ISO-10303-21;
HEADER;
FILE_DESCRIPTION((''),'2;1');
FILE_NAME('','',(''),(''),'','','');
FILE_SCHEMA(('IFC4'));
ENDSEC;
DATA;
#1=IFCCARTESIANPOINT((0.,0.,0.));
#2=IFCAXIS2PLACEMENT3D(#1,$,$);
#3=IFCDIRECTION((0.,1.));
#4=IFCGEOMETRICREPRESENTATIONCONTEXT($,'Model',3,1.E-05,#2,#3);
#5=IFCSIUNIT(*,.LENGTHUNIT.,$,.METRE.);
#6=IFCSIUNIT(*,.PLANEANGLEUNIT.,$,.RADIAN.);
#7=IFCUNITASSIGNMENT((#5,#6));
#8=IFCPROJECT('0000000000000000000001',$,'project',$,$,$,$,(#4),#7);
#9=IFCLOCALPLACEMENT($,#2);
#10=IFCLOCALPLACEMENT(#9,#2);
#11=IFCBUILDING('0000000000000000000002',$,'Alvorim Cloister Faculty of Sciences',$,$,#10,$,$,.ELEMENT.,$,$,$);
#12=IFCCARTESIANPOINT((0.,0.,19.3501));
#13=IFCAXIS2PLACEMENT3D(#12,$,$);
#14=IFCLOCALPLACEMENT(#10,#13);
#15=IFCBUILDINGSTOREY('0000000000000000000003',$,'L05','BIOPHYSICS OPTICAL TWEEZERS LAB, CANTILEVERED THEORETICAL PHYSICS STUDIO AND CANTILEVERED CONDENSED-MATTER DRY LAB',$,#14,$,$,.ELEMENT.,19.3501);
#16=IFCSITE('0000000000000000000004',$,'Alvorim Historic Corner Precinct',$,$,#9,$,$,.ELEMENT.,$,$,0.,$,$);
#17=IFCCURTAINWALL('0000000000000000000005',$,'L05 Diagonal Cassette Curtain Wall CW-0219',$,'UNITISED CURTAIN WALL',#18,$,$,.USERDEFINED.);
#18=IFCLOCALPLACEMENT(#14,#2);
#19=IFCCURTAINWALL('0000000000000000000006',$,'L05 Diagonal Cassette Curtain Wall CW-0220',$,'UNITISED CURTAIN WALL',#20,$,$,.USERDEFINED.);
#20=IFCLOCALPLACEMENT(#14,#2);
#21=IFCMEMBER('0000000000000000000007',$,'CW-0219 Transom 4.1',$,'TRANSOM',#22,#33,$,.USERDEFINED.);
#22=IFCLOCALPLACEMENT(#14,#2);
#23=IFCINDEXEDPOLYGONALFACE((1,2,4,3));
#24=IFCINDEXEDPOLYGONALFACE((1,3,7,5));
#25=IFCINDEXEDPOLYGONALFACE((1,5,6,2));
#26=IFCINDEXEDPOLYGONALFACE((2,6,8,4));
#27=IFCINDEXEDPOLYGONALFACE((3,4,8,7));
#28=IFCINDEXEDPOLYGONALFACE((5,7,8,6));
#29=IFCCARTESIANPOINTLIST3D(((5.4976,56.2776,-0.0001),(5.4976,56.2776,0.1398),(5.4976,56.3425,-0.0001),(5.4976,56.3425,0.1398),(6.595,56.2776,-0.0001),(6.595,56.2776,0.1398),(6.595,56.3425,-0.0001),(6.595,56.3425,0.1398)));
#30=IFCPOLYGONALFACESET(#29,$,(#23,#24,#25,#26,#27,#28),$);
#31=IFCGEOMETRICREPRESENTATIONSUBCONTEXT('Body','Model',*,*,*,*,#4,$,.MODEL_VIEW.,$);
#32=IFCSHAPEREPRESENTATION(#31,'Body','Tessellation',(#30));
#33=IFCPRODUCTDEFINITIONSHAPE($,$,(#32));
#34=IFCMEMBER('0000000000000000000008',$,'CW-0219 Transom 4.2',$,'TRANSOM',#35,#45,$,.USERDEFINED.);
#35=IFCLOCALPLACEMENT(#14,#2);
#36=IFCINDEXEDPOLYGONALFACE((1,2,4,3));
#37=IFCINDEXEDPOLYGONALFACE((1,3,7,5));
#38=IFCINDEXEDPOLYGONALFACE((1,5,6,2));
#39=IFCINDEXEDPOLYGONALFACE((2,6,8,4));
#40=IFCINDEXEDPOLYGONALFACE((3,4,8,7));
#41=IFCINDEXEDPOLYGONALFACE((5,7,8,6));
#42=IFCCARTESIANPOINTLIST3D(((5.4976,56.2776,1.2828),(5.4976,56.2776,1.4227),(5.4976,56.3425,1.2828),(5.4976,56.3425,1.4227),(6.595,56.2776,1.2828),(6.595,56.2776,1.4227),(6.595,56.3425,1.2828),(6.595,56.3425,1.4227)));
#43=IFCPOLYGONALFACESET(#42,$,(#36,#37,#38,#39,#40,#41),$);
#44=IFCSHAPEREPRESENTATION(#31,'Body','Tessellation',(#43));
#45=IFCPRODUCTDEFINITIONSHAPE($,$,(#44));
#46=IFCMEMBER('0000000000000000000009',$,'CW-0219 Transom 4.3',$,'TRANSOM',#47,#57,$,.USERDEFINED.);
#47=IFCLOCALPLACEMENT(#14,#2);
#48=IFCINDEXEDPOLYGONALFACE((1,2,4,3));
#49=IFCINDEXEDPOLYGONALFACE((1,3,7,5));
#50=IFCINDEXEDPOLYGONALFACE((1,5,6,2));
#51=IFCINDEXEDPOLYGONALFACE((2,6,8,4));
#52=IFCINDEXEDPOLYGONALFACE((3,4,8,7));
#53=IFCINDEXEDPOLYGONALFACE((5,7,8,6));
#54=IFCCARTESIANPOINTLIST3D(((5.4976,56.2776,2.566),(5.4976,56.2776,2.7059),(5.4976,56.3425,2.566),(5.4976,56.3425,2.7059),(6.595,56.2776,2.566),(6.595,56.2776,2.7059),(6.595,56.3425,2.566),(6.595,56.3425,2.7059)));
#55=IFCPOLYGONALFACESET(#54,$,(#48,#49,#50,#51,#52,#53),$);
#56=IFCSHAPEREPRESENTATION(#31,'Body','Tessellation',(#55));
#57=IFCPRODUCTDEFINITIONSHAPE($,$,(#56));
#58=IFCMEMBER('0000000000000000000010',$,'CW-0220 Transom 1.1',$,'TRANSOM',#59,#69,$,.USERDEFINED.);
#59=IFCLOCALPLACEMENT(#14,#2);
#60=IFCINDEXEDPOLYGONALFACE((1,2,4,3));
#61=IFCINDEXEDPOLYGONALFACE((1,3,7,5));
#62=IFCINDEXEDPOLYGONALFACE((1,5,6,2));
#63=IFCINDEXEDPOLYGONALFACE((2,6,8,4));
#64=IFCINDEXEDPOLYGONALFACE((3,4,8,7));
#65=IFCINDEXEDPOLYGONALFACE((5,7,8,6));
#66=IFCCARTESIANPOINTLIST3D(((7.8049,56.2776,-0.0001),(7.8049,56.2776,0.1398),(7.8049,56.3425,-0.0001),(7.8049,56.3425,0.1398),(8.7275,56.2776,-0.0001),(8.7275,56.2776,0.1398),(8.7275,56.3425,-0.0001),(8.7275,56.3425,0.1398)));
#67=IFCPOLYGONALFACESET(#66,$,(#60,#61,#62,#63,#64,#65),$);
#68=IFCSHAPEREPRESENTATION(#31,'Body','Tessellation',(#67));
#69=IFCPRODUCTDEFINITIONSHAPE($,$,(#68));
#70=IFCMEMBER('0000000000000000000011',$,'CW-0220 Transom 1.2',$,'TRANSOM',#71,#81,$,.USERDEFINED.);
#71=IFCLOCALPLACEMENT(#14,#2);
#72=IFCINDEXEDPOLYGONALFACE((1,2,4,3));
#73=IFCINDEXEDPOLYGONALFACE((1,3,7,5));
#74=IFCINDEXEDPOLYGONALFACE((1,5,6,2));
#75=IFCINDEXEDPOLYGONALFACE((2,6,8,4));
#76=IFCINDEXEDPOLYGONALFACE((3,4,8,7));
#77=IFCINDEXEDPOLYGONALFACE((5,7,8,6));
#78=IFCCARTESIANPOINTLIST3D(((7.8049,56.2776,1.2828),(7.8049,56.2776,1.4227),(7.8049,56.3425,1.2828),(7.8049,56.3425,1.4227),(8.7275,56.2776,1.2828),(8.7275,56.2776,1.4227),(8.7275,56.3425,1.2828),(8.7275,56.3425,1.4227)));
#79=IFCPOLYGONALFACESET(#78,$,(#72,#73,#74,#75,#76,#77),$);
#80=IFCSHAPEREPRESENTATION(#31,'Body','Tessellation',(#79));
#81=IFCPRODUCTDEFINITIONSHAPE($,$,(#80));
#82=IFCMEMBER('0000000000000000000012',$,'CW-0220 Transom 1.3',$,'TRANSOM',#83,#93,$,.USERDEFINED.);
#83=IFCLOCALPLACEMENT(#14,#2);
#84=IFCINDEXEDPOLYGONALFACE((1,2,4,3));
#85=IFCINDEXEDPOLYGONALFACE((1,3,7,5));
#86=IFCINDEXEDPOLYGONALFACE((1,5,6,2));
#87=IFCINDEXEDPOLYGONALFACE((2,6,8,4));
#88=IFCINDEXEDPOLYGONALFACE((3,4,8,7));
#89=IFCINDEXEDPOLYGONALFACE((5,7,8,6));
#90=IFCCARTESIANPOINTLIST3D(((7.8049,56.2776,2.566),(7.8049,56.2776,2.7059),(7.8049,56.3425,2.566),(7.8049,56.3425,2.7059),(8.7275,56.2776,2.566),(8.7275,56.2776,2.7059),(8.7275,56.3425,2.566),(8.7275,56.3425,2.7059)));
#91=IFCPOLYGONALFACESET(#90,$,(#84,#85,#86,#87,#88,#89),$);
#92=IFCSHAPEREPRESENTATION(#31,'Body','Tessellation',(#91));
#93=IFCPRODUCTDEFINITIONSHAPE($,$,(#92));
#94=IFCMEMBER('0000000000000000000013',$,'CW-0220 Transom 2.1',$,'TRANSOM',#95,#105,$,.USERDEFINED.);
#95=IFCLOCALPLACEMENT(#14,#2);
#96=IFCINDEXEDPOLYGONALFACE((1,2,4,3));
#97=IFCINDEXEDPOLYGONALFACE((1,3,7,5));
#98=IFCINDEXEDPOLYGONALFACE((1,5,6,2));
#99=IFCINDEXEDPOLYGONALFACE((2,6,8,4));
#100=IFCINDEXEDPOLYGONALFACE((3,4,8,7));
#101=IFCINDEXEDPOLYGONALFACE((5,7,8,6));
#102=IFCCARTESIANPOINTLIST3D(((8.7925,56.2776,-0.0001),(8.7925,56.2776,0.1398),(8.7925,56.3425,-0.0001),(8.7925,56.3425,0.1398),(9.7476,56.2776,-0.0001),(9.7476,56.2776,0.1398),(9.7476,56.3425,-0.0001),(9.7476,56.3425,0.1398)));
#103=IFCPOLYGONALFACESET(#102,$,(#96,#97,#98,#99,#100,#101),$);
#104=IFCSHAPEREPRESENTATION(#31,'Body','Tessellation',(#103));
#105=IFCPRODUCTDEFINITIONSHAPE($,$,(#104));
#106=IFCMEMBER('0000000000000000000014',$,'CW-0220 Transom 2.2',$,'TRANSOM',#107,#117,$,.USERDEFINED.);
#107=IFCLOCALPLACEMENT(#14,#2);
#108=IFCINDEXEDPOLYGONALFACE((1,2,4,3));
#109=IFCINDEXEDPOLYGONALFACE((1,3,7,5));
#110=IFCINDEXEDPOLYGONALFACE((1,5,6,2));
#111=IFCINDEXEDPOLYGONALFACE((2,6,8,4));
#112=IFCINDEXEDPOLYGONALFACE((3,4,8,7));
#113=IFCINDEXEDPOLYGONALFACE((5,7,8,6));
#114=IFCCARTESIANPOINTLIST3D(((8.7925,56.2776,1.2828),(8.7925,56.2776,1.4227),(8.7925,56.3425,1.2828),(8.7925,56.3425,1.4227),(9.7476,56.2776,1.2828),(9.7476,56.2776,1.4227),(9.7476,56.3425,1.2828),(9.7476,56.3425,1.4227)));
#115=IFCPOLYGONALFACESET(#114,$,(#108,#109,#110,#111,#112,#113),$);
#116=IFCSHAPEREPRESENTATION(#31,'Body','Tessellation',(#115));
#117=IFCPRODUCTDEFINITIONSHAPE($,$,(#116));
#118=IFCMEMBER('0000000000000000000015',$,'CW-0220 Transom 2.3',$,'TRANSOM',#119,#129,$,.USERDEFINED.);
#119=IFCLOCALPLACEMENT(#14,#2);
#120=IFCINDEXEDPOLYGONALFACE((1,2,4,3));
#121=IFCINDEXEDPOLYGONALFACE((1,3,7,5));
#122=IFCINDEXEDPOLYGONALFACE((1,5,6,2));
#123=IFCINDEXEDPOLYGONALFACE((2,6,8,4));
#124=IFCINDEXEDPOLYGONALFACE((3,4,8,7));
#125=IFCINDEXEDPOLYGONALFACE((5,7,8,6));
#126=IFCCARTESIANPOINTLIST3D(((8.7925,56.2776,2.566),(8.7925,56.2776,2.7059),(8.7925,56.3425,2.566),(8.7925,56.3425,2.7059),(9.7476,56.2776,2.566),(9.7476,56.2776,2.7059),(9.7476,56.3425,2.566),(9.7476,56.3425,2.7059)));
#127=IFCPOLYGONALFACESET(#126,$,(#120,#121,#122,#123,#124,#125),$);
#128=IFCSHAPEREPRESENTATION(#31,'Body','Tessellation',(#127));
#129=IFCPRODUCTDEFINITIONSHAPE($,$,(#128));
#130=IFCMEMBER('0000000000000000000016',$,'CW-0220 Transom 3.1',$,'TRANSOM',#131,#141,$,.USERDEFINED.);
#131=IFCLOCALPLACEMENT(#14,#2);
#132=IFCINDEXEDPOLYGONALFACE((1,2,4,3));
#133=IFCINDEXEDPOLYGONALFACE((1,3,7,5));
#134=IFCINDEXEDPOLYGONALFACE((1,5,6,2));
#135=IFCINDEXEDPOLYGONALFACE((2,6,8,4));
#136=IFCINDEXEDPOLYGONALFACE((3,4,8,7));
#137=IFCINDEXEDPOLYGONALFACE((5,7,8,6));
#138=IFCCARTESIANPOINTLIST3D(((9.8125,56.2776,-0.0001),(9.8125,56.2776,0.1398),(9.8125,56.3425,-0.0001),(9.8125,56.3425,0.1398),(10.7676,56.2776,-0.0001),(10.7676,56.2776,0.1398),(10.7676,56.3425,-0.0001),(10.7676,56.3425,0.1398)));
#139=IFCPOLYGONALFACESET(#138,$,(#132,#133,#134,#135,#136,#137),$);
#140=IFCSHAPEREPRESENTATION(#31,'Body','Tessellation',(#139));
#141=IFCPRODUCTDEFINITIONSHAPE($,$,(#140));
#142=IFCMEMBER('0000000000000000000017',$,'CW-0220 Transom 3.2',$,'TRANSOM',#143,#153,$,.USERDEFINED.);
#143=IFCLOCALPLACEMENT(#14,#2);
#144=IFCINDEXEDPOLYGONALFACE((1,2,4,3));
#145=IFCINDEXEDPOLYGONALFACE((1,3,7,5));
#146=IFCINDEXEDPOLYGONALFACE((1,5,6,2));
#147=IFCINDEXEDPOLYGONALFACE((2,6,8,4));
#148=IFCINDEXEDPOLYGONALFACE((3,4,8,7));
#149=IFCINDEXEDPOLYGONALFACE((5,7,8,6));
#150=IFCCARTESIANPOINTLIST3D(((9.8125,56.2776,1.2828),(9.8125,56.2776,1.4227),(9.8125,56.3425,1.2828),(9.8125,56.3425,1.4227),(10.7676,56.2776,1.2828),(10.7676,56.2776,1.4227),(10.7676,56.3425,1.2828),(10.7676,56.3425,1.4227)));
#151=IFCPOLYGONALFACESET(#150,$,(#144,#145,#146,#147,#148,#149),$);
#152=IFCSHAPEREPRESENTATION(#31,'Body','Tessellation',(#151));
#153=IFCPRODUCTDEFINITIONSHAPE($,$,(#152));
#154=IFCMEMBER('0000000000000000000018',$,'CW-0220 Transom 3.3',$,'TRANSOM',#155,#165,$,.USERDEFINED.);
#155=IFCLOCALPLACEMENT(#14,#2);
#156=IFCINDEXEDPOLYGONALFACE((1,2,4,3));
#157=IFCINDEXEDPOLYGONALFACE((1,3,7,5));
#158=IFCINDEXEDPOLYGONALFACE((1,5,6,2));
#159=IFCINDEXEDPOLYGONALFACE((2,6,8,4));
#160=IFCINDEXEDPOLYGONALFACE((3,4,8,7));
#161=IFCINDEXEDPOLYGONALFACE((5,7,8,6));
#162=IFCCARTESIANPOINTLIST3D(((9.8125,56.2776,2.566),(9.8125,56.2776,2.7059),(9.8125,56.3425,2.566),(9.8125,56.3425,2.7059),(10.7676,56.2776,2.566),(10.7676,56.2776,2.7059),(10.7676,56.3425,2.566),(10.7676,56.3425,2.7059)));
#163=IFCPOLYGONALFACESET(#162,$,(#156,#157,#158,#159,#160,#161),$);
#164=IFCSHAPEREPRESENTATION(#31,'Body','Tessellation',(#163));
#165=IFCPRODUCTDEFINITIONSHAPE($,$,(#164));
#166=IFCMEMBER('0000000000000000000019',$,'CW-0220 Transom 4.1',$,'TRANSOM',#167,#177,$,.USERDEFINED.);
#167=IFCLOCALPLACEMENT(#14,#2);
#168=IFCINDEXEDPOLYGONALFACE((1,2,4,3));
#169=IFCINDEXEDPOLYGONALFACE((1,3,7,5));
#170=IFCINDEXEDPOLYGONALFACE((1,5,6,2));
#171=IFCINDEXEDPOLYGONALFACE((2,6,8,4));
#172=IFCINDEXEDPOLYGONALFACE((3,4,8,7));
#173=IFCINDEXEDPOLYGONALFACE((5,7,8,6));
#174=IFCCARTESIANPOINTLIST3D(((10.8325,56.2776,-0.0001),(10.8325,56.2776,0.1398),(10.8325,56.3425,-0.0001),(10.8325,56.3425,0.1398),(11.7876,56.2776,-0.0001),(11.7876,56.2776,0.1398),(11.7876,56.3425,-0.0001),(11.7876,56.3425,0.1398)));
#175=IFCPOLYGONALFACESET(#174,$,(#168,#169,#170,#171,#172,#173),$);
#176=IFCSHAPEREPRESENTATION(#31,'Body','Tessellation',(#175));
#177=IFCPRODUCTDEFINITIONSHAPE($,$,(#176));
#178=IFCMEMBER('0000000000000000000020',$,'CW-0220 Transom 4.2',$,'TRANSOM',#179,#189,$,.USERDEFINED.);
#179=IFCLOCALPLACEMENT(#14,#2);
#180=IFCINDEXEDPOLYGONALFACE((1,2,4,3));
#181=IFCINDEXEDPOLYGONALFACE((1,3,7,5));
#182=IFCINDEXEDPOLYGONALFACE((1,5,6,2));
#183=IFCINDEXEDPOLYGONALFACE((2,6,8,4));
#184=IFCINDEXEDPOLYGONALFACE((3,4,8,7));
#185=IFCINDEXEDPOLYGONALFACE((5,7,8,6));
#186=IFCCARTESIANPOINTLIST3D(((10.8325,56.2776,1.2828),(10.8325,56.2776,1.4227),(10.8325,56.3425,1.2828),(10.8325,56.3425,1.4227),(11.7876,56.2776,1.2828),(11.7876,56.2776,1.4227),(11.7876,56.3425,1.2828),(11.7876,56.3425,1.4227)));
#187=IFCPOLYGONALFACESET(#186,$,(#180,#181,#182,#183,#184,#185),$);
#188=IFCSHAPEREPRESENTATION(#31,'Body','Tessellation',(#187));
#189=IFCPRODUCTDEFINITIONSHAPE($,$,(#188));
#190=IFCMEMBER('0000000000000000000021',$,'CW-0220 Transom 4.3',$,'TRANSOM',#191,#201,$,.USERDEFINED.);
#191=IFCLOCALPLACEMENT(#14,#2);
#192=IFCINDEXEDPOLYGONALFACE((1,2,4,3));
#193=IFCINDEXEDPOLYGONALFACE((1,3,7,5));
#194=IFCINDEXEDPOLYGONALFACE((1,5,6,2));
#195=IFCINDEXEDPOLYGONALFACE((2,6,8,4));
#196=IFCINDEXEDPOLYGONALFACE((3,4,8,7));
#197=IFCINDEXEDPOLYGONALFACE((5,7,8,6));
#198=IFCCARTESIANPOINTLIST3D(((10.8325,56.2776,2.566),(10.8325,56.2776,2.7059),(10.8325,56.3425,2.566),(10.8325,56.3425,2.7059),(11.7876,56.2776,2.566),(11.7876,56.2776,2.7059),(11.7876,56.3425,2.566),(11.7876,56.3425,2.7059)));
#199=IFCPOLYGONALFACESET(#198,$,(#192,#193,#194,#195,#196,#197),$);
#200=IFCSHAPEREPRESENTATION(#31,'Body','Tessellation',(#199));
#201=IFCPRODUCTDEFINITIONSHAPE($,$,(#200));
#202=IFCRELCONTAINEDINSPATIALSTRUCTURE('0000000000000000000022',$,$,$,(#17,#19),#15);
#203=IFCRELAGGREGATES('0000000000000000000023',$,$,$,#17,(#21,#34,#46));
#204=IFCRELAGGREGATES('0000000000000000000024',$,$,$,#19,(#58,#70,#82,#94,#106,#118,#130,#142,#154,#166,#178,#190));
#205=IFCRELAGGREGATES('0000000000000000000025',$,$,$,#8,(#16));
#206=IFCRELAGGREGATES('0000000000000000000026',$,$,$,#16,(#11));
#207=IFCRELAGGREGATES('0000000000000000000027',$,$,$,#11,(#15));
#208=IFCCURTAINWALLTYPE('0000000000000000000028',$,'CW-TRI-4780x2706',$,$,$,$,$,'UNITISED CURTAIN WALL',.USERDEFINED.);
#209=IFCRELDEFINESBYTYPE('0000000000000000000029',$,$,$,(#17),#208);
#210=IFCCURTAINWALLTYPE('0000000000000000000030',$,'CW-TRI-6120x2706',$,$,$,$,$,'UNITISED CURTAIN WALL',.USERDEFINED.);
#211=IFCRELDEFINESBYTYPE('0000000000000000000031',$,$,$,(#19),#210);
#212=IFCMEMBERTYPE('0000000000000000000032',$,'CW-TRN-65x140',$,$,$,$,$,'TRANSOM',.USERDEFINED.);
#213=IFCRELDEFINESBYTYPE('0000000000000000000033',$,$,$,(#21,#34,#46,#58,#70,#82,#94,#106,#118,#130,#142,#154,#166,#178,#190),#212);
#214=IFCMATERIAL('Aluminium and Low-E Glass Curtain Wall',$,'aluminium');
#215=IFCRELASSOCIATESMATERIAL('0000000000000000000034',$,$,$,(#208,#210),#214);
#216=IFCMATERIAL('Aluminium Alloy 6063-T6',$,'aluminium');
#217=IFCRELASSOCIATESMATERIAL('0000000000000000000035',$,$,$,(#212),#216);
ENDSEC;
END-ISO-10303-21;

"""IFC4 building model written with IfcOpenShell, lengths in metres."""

from ifc_helpers import new_model, si_unit, direction, frame, origin, origin_2d, place, context, subcontext, project, spatial, rectangle, extrude, material, material_profile, profile_set, type_object, element, aggregate, save


model = new_model("IFC4")

# Units and contexts
model_context = context("Model", 3, precision=1e-05, world=origin(), true_north=direction((0.0, 1.0)))
body_context = subcontext(model_context, "Body", "Model", "MODEL_VIEW")
ifc_project = project(units=[si_unit("LENGTHUNIT", "METRE"), si_unit("PLANEANGLEUNIT", "RADIAN")], contexts=[model_context])

# Site, building, storey
site_placement = place(None, origin())
site = spatial("IfcSite", under=ifc_project, at=site_placement, Name="Alvorim Historic Corner Precinct", CompositionType="ELEMENT", RefElevation=0.0)
building_placement = place(site_placement, origin())
building = spatial("IfcBuilding", under=site, at=building_placement, Name="Alvorim Cloister Faculty of Sciences", CompositionType="ELEMENT")
storey_placement = place(building_placement, frame((0.0, 0.0, 19.3501)))
storey = spatial("IfcBuildingStorey", under=building, at=storey_placement, Name="L05", Description="BIOPHYSICS OPTICAL TWEEZERS LAB, CANTILEVERED THEORETICAL PHYSICS STUDIO AND CANTILEVERED CONDENSED-MATTER DRY LAB", CompositionType="ELEMENT", Elevation=19.3501)

# Curtain walls
ifc_material_1 = material(Name="Aluminium and Low-E Glass Curtain Wall", Category="aluminium")
curtain_wall_type_1 = type_object("IfcCurtainWallType", Name="CW-TRI-4780x2706", ElementType="UNITISED CURTAIN WALL", PredefinedType="USERDEFINED", material=ifc_material_1)
curtain_wall_1_placement = place(storey_placement, origin())
curtain_wall_1 = element("IfcCurtainWall", 1, at=curtain_wall_1_placement, inside=storey, type_object=curtain_wall_type_1, Name="L05 Diagonal Cassette Curtain Wall CW-0219", ObjectType="UNITISED CURTAIN WALL", PredefinedType="USERDEFINED")
ifc_material_2 = material(Name="Aluminium Alloy 6063-T6", Category="aluminium")
curtain_wall_type_2 = type_object("IfcCurtainWallType", Name="CW-TRI-6120x2706", ElementType="UNITISED CURTAIN WALL", PredefinedType="USERDEFINED", material=ifc_material_1)
curtain_wall_2_placement = place(storey_placement, origin())
curtain_wall_2 = element("IfcCurtainWall", 2, at=curtain_wall_2_placement, inside=storey, type_object=curtain_wall_type_2, Name="L05 Diagonal Cassette Curtain Wall CW-0220", ObjectType="UNITISED CURTAIN WALL", PredefinedType="USERDEFINED")

# Members
ifc_material_profile_1 = material_profile(ifc_material_2, rectangle(XDim=0.0649, YDim=0.1399, at=origin_2d()), Name="ALU-TRN-65x140")
ifc_profile_set_1 = profile_set([ifc_material_profile_1], Name="Aluminium Alloy 6063-T6")
member_type_1 = type_object("IfcMemberType", Name="CW-TRN-65x140", ElementType="TRANSOM", PredefinedType="USERDEFINED", material=ifc_profile_set_1)
member_1_placement = place(storey_placement, frame((5.4976, 56.3101, 0.0698), z_axis=(1.0, 0.0, 0.0), x_axis=(0.0, 1.0, 0.0)))
member_1 = element("IfcMember", 3, at=member_1_placement, type_object=member_type_1, Name="CW-0219 Transom 4.1", ObjectType="TRANSOM", PredefinedType="USERDEFINED", context=body_context, shape_type="SweptSolid", body=[
    extrude(rectangle(XDim=0.0649, YDim=0.1399, at=origin_2d()), origin(), (0.0, 0.0, 1.0), 1.0974),
])
member_2_placement = place(storey_placement, frame((5.4976, 56.3101, 1.3528), z_axis=(1.0, 0.0, 0.0), x_axis=(0.0, 1.0, 0.0)))
member_2 = element("IfcMember", 4, at=member_2_placement, type_object=member_type_1, Name="CW-0219 Transom 4.2", ObjectType="TRANSOM", PredefinedType="USERDEFINED", context=body_context, shape_type="SweptSolid", body=[
    extrude(rectangle(XDim=0.0649, YDim=0.1399, at=origin_2d()), origin(), (0.0, 0.0, 1.0), 1.0974),
])
member_3_placement = place(storey_placement, frame((5.4976, 56.3101, 2.636), z_axis=(1.0, 0.0, 0.0), x_axis=(0.0, 1.0, 0.0)))
member_3 = element("IfcMember", 5, at=member_3_placement, type_object=member_type_1, Name="CW-0219 Transom 4.3", ObjectType="TRANSOM", PredefinedType="USERDEFINED", context=body_context, shape_type="SweptSolid", body=[
    extrude(rectangle(XDim=0.0649, YDim=0.1399, at=origin_2d()), origin(), (0.0, 0.0, 1.0), 1.0974),
])
aggregate(curtain_wall_1, [member_1, member_2, member_3])
member_4_placement = place(storey_placement, frame((7.8049, 56.3101, 0.0698), z_axis=(1.0, 0.0, 0.0), x_axis=(0.0, 1.0, 0.0)))
member_4 = element("IfcMember", 6, at=member_4_placement, type_object=member_type_1, Name="CW-0220 Transom 1.1", ObjectType="TRANSOM", PredefinedType="USERDEFINED", context=body_context, shape_type="SweptSolid", body=[
    extrude(rectangle(XDim=0.0649, YDim=0.1399, at=origin_2d()), origin(), (0.0, 0.0, 1.0), 0.9226),
])
member_5_placement = place(storey_placement, frame((7.8049, 56.3101, 1.3528), z_axis=(1.0, 0.0, 0.0), x_axis=(0.0, 1.0, 0.0)))
member_5 = element("IfcMember", 7, at=member_5_placement, type_object=member_type_1, Name="CW-0220 Transom 1.2", ObjectType="TRANSOM", PredefinedType="USERDEFINED", context=body_context, shape_type="SweptSolid", body=[
    extrude(rectangle(XDim=0.0649, YDim=0.1399, at=origin_2d()), origin(), (0.0, 0.0, 1.0), 0.9226),
])
member_6_placement = place(storey_placement, frame((7.8049, 56.3101, 2.636), z_axis=(1.0, 0.0, 0.0), x_axis=(0.0, 1.0, 0.0)))
member_6 = element("IfcMember", 8, at=member_6_placement, type_object=member_type_1, Name="CW-0220 Transom 1.3", ObjectType="TRANSOM", PredefinedType="USERDEFINED", context=body_context, shape_type="SweptSolid", body=[
    extrude(rectangle(XDim=0.0649, YDim=0.1399, at=origin_2d()), origin(), (0.0, 0.0, 1.0), 0.9226),
])
member_7_placement = place(storey_placement, frame((8.7925, 56.3101, 0.0698), z_axis=(1.0, 0.0, 0.0), x_axis=(0.0, 1.0, 0.0)))
member_7 = element("IfcMember", 9, at=member_7_placement, type_object=member_type_1, Name="CW-0220 Transom 2.1", ObjectType="TRANSOM", PredefinedType="USERDEFINED", context=body_context, shape_type="SweptSolid", body=[
    extrude(rectangle(XDim=0.0649, YDim=0.1399, at=origin_2d()), origin(), (0.0, 0.0, 1.0), 0.9551),
])
member_8_placement = place(storey_placement, frame((8.7925, 56.3101, 1.3528), z_axis=(1.0, 0.0, 0.0), x_axis=(0.0, 1.0, 0.0)))
member_8 = element("IfcMember", 10, at=member_8_placement, type_object=member_type_1, Name="CW-0220 Transom 2.2", ObjectType="TRANSOM", PredefinedType="USERDEFINED", context=body_context, shape_type="SweptSolid", body=[
    extrude(rectangle(XDim=0.0649, YDim=0.1399, at=origin_2d()), origin(), (0.0, 0.0, 1.0), 0.9551),
])
member_9_placement = place(storey_placement, frame((8.7925, 56.3101, 2.636), z_axis=(1.0, 0.0, 0.0), x_axis=(0.0, 1.0, 0.0)))
member_9 = element("IfcMember", 11, at=member_9_placement, type_object=member_type_1, Name="CW-0220 Transom 2.3", ObjectType="TRANSOM", PredefinedType="USERDEFINED", context=body_context, shape_type="SweptSolid", body=[
    extrude(rectangle(XDim=0.0649, YDim=0.1399, at=origin_2d()), origin(), (0.0, 0.0, 1.0), 0.9551),
])
member_10_placement = place(storey_placement, frame((9.8125, 56.3101, 0.0698), z_axis=(1.0, 0.0, 0.0), x_axis=(0.0, 1.0, 0.0)))
member_10 = element("IfcMember", 12, at=member_10_placement, type_object=member_type_1, Name="CW-0220 Transom 3.1", ObjectType="TRANSOM", PredefinedType="USERDEFINED", context=body_context, shape_type="SweptSolid", body=[
    extrude(rectangle(XDim=0.0649, YDim=0.1399, at=origin_2d()), origin(), (0.0, 0.0, 1.0), 0.9551),
])
member_11_placement = place(storey_placement, frame((9.8125, 56.3101, 1.3528), z_axis=(1.0, 0.0, 0.0), x_axis=(0.0, 1.0, 0.0)))
member_11 = element("IfcMember", 13, at=member_11_placement, type_object=member_type_1, Name="CW-0220 Transom 3.2", ObjectType="TRANSOM", PredefinedType="USERDEFINED", context=body_context, shape_type="SweptSolid", body=[
    extrude(rectangle(XDim=0.0649, YDim=0.1399, at=origin_2d()), origin(), (0.0, 0.0, 1.0), 0.9551),
])
member_12_placement = place(storey_placement, frame((9.8125, 56.3101, 2.636), z_axis=(1.0, 0.0, 0.0), x_axis=(0.0, 1.0, 0.0)))
member_12 = element("IfcMember", 14, at=member_12_placement, type_object=member_type_1, Name="CW-0220 Transom 3.3", ObjectType="TRANSOM", PredefinedType="USERDEFINED", context=body_context, shape_type="SweptSolid", body=[
    extrude(rectangle(XDim=0.0649, YDim=0.1399, at=origin_2d()), origin(), (0.0, 0.0, 1.0), 0.9551),
])
member_13_placement = place(storey_placement, frame((10.8325, 56.3101, 0.0698), z_axis=(1.0, 0.0, 0.0), x_axis=(0.0, 1.0, 0.0)))
member_13 = element("IfcMember", 15, at=member_13_placement, type_object=member_type_1, Name="CW-0220 Transom 4.1", ObjectType="TRANSOM", PredefinedType="USERDEFINED", context=body_context, shape_type="SweptSolid", body=[
    extrude(rectangle(XDim=0.0649, YDim=0.1399, at=origin_2d()), origin(), (0.0, 0.0, 1.0), 0.9551),
])
member_14_placement = place(storey_placement, frame((10.8325, 56.3101, 1.3528), z_axis=(1.0, 0.0, 0.0), x_axis=(0.0, 1.0, 0.0)))
member_14 = element("IfcMember", 16, at=member_14_placement, type_object=member_type_1, Name="CW-0220 Transom 4.2", ObjectType="TRANSOM", PredefinedType="USERDEFINED", context=body_context, shape_type="SweptSolid", body=[
    extrude(rectangle(XDim=0.0649, YDim=0.1399, at=origin_2d()), origin(), (0.0, 0.0, 1.0), 0.9551),
])
member_15_placement = place(storey_placement, frame((10.8325, 56.3101, 2.636), z_axis=(1.0, 0.0, 0.0), x_axis=(0.0, 1.0, 0.0)))
member_15 = element("IfcMember", 17, at=member_15_placement, type_object=member_type_1, Name="CW-0220 Transom 4.3", ObjectType="TRANSOM", PredefinedType="USERDEFINED", context=body_context, shape_type="SweptSolid", body=[
    extrude(rectangle(XDim=0.0649, YDim=0.1399, at=origin_2d()), origin(), (0.0, 0.0, 1.0), 0.9551),
])
aggregate(curtain_wall_2, [member_4, member_5, member_6, member_7, member_8, member_9, member_10, member_11, member_12, member_13, member_14, member_15])

save(model, "model.ifc")
